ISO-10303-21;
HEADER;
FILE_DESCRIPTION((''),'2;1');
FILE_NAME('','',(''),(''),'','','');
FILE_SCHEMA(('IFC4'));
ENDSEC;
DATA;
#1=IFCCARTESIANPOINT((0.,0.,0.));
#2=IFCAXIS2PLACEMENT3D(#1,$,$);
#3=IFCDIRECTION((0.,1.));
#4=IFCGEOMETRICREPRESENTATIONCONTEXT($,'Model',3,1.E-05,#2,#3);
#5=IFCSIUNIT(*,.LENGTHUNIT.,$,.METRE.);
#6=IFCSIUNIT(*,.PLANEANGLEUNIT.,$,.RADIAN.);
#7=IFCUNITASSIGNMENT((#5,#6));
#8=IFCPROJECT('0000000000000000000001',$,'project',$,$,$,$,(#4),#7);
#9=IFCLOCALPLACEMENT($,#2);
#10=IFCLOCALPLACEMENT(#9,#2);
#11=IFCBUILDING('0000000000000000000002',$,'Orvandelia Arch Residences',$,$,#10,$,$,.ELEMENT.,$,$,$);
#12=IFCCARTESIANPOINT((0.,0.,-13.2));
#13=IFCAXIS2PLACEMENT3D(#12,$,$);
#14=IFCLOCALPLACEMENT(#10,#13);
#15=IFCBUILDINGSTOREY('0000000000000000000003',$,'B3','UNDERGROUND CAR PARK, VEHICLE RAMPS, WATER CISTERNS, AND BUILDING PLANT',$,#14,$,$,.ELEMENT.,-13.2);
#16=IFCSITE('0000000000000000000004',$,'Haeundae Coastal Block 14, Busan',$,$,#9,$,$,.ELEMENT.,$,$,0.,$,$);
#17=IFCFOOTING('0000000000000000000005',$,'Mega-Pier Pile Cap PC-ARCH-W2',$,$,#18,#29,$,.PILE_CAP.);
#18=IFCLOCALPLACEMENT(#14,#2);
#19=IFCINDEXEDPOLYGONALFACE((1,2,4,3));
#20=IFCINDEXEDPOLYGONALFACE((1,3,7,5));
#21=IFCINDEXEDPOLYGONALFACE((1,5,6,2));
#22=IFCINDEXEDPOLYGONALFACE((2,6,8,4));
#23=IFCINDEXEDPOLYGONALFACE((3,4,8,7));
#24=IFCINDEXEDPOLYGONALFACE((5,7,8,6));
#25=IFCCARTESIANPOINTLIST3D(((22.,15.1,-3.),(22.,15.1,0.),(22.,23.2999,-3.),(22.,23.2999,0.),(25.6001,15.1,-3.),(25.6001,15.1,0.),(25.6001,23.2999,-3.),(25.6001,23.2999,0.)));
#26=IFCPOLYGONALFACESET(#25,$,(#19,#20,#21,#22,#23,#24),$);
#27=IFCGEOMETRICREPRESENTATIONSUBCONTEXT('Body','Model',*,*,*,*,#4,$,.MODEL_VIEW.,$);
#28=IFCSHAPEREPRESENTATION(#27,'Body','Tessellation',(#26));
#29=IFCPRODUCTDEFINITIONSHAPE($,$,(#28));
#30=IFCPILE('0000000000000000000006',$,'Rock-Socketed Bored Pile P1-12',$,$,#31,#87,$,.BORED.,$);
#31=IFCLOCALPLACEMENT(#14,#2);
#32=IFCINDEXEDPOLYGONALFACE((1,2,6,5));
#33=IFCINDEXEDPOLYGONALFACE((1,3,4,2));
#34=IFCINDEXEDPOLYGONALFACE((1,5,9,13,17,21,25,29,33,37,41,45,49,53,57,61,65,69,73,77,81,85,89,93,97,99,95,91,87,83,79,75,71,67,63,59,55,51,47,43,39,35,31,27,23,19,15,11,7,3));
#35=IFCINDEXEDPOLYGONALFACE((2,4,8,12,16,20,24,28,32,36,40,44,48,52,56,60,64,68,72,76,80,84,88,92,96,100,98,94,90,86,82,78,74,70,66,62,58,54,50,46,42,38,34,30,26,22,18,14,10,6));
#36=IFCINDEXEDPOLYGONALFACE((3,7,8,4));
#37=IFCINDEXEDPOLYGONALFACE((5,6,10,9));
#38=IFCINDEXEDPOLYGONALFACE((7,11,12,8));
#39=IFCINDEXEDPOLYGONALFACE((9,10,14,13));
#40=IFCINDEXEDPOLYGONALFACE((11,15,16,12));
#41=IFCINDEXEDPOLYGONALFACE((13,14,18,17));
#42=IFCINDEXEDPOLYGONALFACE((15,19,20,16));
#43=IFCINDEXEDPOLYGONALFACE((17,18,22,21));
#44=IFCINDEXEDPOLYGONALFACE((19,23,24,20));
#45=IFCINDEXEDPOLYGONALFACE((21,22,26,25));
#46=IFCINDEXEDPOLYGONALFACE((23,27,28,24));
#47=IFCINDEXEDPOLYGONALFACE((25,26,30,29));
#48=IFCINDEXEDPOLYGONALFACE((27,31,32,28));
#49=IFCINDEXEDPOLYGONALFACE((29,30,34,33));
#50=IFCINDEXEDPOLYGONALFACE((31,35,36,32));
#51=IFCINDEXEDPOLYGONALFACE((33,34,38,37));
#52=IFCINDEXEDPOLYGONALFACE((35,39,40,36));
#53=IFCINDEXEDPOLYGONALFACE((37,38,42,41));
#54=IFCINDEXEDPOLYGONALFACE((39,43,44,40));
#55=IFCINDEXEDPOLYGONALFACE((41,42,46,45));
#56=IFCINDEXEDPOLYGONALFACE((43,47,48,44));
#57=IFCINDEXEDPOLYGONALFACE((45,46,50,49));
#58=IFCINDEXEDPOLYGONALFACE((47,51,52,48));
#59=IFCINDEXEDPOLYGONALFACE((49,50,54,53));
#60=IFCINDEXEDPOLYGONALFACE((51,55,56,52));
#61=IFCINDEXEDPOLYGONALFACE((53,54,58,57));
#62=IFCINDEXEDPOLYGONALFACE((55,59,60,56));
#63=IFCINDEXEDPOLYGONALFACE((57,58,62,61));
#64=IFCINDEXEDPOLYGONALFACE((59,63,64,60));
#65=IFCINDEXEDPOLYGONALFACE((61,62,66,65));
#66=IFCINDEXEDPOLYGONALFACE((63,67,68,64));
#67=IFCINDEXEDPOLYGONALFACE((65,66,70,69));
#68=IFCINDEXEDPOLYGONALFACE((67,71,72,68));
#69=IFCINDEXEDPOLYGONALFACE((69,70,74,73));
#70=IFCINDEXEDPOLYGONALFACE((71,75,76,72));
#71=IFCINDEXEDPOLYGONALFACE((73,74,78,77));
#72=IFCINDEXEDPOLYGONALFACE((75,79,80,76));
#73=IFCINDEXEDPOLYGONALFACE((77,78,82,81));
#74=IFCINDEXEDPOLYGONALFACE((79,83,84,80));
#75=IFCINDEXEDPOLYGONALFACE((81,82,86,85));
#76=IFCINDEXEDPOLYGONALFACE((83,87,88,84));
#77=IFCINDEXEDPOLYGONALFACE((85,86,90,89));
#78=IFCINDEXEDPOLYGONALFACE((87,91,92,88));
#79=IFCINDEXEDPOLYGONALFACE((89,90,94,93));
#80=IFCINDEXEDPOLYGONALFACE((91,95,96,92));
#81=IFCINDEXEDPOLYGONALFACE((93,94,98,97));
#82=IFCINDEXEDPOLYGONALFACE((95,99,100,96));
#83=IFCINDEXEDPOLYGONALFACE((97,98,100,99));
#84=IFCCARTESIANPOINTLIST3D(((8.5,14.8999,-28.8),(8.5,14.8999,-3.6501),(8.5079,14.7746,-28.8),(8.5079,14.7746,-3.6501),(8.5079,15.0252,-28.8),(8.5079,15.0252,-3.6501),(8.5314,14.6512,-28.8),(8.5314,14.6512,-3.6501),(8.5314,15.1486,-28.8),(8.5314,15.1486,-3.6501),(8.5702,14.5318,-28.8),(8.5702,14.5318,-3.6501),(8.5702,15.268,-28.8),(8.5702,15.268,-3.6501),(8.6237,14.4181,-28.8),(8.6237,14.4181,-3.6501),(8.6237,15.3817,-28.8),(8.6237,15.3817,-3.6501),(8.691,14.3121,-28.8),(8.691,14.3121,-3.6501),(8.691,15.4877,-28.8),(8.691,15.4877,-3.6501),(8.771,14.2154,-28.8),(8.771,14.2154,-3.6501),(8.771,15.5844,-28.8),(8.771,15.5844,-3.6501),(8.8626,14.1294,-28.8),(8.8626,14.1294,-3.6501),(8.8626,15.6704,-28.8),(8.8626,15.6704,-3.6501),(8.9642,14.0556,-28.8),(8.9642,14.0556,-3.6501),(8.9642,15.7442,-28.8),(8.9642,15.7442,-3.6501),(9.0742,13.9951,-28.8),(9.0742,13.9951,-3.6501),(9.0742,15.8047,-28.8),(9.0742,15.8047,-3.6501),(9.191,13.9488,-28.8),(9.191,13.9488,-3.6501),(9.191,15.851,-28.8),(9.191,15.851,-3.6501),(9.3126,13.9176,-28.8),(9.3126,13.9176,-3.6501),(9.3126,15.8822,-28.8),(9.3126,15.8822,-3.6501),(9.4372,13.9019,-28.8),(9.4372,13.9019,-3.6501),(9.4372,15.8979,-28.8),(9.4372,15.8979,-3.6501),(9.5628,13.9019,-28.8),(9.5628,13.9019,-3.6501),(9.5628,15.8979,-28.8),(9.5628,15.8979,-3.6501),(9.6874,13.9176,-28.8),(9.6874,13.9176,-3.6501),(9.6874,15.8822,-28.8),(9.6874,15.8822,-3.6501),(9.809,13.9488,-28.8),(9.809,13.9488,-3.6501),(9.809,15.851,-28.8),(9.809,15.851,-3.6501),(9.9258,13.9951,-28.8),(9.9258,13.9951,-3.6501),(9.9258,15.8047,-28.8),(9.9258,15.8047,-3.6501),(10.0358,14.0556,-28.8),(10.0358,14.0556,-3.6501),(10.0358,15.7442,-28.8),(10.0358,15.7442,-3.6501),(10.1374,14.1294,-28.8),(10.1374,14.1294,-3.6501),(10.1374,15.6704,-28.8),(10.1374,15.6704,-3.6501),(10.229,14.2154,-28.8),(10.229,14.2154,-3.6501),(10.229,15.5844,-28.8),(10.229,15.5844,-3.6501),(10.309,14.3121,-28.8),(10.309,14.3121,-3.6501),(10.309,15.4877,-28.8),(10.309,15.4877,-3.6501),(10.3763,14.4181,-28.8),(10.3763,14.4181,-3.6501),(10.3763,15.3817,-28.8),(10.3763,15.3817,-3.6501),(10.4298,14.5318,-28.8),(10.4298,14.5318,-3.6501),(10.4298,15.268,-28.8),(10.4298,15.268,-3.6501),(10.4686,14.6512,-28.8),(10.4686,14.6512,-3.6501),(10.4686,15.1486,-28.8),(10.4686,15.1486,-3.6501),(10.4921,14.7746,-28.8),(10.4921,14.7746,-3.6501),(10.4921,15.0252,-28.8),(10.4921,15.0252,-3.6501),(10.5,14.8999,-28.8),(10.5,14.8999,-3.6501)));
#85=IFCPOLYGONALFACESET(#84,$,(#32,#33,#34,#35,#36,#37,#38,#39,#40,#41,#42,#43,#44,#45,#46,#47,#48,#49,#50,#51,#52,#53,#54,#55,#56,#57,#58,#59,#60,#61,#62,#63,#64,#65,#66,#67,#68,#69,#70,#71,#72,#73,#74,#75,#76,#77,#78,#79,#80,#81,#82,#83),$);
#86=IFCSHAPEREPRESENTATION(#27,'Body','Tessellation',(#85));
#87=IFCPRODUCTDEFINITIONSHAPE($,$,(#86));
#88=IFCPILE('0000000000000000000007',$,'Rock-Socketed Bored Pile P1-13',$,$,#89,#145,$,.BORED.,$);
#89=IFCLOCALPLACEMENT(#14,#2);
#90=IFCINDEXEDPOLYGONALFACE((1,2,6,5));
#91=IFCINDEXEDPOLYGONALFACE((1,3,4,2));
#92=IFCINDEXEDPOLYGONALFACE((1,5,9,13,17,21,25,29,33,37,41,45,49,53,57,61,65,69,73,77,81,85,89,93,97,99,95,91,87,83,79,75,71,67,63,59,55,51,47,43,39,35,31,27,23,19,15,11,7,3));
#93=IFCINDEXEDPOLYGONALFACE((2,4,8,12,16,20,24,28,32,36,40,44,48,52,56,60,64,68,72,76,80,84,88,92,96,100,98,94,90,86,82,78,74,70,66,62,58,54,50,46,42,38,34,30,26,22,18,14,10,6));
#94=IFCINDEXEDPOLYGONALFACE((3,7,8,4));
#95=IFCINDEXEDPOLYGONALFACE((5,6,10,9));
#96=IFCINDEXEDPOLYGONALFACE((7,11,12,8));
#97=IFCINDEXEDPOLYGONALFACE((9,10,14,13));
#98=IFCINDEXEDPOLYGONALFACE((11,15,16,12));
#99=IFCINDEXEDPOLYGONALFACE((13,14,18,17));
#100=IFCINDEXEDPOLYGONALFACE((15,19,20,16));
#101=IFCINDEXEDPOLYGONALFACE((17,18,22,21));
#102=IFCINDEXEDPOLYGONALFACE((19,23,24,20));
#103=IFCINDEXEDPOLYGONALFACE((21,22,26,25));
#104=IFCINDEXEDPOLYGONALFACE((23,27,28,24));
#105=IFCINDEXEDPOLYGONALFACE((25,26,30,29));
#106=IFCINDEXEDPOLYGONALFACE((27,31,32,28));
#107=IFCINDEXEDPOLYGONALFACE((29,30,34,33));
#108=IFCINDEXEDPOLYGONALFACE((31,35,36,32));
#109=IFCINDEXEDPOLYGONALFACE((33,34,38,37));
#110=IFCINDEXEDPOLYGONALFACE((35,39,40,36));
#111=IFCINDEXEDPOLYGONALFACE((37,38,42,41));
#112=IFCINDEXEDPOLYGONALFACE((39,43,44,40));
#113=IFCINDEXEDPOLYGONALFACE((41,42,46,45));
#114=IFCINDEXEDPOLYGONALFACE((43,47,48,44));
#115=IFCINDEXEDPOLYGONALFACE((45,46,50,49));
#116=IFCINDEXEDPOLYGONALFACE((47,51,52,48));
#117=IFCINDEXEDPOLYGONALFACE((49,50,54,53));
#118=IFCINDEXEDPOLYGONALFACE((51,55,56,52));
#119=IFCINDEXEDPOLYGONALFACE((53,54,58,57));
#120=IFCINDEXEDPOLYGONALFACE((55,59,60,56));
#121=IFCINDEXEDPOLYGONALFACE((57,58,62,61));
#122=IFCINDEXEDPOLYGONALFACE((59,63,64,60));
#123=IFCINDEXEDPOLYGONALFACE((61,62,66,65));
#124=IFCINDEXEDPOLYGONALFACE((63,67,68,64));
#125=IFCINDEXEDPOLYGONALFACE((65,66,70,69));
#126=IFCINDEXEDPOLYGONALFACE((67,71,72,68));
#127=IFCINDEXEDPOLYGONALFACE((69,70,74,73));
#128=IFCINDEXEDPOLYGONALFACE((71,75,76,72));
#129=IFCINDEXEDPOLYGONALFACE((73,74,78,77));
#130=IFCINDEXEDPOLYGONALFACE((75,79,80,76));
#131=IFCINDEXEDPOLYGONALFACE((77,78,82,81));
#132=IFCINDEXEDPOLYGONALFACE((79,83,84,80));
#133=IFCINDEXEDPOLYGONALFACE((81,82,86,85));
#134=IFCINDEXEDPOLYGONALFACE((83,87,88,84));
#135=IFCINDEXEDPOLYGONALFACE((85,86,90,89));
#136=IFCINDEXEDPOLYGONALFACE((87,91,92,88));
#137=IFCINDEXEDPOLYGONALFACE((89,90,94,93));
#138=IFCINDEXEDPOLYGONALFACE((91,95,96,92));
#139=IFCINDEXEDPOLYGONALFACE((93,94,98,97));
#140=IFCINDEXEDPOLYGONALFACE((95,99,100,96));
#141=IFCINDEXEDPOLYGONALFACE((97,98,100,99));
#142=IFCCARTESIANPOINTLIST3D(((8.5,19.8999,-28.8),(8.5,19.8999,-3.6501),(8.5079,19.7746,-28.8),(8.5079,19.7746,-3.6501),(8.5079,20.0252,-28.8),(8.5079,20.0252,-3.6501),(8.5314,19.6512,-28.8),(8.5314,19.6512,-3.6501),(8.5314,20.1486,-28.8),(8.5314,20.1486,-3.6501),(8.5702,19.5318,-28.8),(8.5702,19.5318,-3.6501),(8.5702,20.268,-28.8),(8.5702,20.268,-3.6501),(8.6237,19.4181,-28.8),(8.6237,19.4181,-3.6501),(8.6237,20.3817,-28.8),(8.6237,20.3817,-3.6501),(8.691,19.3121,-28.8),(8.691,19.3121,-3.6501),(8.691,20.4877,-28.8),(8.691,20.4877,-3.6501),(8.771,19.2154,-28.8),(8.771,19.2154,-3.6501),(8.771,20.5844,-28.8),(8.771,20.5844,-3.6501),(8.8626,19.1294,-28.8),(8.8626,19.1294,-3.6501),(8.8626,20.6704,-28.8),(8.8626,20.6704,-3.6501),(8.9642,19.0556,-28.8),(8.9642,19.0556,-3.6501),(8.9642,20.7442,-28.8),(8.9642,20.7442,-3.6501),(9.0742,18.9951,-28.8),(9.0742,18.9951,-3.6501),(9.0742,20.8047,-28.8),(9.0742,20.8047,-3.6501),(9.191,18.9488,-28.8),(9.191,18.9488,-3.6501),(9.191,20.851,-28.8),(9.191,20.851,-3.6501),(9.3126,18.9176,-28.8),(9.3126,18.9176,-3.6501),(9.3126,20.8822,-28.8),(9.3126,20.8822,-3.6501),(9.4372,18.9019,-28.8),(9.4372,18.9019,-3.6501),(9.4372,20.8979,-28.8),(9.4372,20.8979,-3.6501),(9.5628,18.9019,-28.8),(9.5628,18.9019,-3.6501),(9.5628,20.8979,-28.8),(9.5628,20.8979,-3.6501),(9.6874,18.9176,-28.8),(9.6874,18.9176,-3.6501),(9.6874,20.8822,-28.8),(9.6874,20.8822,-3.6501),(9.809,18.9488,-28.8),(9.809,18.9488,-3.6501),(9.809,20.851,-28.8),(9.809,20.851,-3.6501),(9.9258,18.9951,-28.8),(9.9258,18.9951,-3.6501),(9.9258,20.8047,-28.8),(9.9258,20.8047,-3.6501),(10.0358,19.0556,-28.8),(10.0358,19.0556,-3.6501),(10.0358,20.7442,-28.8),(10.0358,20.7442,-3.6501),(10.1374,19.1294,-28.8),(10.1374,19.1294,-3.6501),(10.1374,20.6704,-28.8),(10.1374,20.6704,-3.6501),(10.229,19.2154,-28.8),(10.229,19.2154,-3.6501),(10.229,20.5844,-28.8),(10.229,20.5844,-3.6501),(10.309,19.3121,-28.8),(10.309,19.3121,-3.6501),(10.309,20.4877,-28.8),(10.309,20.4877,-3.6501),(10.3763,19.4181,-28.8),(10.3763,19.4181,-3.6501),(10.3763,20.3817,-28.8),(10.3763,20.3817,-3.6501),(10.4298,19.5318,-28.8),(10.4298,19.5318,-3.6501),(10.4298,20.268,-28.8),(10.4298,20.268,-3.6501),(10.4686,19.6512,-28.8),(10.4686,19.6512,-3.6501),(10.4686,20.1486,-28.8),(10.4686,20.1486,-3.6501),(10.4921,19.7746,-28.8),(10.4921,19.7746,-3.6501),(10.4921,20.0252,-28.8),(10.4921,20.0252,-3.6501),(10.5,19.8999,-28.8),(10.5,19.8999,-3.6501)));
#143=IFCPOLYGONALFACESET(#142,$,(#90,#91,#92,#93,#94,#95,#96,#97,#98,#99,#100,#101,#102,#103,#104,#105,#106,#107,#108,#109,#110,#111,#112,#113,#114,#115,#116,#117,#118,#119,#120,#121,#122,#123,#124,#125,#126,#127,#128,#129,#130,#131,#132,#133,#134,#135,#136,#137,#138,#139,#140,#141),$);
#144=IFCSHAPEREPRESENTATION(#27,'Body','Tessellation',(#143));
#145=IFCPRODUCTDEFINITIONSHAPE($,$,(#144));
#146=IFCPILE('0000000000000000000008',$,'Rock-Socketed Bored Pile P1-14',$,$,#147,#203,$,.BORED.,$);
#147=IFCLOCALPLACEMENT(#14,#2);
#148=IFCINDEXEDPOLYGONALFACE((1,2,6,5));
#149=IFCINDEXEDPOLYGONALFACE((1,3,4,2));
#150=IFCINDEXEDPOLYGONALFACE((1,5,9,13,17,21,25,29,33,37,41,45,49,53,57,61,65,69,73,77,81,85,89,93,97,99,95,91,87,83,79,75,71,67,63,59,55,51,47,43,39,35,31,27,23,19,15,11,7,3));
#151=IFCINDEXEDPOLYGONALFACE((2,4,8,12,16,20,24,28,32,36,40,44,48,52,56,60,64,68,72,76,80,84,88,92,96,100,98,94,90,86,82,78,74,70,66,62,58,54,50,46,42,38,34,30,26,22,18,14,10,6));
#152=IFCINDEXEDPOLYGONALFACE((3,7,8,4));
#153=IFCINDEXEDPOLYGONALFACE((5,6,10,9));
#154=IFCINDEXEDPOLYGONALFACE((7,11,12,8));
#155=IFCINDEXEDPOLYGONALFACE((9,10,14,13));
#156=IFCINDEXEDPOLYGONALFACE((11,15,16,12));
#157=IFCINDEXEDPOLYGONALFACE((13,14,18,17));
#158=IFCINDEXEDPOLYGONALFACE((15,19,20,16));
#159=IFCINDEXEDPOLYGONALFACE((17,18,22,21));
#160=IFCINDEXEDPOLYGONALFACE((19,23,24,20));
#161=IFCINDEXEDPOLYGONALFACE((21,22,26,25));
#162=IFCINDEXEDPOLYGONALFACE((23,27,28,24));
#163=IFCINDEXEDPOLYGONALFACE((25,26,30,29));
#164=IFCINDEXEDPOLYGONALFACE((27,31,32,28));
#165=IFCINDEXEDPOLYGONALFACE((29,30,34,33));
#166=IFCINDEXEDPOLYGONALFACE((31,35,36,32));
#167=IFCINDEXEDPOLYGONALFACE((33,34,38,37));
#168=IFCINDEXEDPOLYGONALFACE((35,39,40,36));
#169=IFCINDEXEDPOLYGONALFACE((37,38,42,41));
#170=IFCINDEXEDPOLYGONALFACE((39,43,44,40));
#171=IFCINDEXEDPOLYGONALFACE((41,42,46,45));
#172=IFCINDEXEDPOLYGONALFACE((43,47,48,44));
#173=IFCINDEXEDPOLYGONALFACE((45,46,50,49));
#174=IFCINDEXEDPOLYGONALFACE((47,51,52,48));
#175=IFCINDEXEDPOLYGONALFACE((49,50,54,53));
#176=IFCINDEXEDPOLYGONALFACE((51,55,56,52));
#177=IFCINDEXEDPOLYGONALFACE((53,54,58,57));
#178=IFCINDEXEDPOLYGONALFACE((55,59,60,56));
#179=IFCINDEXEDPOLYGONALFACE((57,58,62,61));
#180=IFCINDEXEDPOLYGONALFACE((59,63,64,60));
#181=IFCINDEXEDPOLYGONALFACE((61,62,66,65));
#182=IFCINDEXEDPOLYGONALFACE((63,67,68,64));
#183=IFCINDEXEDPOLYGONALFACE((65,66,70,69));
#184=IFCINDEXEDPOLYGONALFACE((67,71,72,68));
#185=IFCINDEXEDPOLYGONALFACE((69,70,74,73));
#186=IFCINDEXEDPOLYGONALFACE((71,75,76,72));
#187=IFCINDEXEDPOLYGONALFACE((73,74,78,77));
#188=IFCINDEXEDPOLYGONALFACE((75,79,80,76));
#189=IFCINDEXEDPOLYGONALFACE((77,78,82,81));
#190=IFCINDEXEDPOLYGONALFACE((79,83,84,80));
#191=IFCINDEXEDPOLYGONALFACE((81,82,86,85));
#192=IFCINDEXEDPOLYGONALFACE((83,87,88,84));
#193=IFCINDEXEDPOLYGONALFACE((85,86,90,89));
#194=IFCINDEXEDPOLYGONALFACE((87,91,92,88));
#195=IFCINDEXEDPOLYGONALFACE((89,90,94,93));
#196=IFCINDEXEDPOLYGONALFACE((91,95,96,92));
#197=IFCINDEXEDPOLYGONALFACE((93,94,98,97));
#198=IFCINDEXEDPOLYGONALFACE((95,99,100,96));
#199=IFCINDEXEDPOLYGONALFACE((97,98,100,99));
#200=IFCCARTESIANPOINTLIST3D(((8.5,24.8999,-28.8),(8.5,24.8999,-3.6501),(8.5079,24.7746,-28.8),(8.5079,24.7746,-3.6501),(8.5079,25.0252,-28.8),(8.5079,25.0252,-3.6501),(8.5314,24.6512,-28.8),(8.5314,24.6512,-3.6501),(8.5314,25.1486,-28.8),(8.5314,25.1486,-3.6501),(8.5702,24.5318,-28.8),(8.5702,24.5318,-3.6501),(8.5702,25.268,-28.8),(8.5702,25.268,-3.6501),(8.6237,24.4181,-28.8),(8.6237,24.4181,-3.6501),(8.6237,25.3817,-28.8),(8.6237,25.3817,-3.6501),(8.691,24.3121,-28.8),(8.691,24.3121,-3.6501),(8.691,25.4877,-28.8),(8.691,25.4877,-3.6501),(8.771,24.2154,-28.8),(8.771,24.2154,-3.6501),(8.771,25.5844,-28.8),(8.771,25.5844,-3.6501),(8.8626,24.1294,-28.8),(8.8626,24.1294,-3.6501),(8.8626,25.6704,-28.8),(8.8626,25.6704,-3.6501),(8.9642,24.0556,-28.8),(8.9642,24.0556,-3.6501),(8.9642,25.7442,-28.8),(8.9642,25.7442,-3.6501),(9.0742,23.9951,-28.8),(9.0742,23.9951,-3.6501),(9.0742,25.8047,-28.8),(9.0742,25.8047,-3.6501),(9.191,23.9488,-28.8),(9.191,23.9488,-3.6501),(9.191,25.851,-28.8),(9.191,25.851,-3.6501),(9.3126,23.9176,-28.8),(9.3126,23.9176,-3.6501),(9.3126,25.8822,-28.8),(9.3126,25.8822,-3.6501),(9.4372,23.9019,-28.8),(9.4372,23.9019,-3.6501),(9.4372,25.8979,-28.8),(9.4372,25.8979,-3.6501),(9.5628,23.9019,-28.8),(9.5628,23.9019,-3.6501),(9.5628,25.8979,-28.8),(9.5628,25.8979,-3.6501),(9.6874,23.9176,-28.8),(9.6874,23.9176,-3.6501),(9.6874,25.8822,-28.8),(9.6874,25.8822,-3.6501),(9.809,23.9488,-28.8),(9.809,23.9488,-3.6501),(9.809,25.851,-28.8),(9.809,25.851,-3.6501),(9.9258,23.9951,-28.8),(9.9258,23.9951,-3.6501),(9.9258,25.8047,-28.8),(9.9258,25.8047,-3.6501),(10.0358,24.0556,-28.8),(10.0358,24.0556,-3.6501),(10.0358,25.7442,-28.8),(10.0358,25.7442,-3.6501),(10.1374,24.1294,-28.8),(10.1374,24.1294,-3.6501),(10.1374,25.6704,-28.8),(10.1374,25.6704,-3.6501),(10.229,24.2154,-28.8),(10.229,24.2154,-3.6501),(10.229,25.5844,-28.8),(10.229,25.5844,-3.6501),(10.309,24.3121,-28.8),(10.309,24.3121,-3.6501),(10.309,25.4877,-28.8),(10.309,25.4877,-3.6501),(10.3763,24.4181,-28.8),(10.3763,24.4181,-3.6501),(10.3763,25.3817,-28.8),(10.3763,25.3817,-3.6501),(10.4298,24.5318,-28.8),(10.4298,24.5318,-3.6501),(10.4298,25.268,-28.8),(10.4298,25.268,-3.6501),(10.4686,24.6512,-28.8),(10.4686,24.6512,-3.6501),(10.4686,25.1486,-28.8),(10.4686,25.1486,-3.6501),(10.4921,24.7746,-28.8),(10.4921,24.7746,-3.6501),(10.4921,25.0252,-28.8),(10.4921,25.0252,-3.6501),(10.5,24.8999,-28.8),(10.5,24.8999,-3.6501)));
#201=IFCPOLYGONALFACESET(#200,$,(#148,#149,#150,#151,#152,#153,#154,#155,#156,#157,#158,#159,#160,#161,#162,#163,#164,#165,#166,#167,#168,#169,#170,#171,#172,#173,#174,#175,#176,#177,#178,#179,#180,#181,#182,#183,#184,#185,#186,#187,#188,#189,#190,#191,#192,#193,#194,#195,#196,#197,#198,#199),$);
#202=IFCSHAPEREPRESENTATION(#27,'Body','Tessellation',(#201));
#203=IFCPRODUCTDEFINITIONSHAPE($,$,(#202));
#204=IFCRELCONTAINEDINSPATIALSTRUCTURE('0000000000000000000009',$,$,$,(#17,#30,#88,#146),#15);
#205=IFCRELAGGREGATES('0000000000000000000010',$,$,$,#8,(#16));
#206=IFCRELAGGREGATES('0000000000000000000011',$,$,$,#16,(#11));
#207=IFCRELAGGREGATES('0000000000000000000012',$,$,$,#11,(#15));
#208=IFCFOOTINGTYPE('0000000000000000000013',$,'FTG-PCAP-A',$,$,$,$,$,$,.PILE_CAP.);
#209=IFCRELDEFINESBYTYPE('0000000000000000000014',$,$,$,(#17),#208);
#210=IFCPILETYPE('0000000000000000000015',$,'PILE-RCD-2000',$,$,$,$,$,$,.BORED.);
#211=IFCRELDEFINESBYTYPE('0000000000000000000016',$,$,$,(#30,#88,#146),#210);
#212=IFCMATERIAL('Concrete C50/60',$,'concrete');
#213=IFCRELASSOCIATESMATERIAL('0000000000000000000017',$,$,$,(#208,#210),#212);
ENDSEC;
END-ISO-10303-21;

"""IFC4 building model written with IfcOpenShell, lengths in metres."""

from ifc_helpers import new_model, si_unit, direction, frame, origin, origin_2d, place, context, subcontext, project, spatial, rectangle, circle, extrude, material, material_profile, profile_set, type_object, element, save


model = new_model("IFC4")

# Units and contexts
model_context = context("Model", 3, precision=1e-05, world=origin(), true_north=direction((0.0, 1.0)))
body_context = subcontext(model_context, "Body", "Model", "MODEL_VIEW")
ifc_project = project(units=[si_unit("LENGTHUNIT", "METRE"), si_unit("PLANEANGLEUNIT", "RADIAN")], contexts=[model_context])

# Site, building, storey
site_placement = place(None, origin())
site = spatial("IfcSite", under=ifc_project, at=site_placement, Name="Haeundae Coastal Block 14, Busan", CompositionType="ELEMENT", RefElevation=0.0)
building_placement = place(site_placement, origin())
building = spatial("IfcBuilding", under=site, at=building_placement, Name="Orvandelia Arch Residences", CompositionType="ELEMENT")
storey_placement = place(building_placement, frame((0.0, 0.0, -13.2)))
storey = spatial("IfcBuildingStorey", under=building, at=storey_placement, Name="B3", Description="UNDERGROUND CAR PARK, VEHICLE RAMPS, WATER CISTERNS, AND BUILDING PLANT", CompositionType="ELEMENT", Elevation=-13.2)

# Footing
ifc_material_1 = material(Name="Concrete C50/60", Category="concrete")
footing_type = type_object("IfcFootingType", Name="FTG-PCAP-A", PredefinedType="PILE_CAP", material=ifc_material_1)
footing_placement = place(storey_placement, frame((23.8, 19.2, -3.0), z_axis=(0.0, 0.0, 1.0), x_axis=(1.0, 0.0, 0.0)))
element("IfcFooting", 1, at=footing_placement, inside=storey, type_object=footing_type, Name="Mega-Pier Pile Cap PC-ARCH-W2", PredefinedType="PILE_CAP", context=body_context, shape_type="SweptSolid", body=[
    extrude(rectangle(XDim=3.6001, YDim=8.2, at=origin_2d()), origin(), (0.0, 0.0, 1.0), 3.0),
])

# Piles
ifc_material_profile_1 = material_profile(ifc_material_1, circle(Radius=1.0, at=origin_2d()), Name="Concrete C50/60", Category="concrete")
ifc_profile_set_1 = profile_set([ifc_material_profile_1], Name="Concrete C50/60")
pile_type_1 = type_object("IfcPileType", Name="PILE-RCD-2000", PredefinedType="BORED", material=ifc_profile_set_1)
for number, where, z_axis, x_axis, name in (
    (2, (9.5, 14.8999, -3.6501), (0.0, 0.0, -1.0), (1.0, 0.0, 0.0), "Rock-Socketed Bored Pile P1-12"),
    (3, (9.5, 19.8999, -3.6501), (0.0, 0.0, -1.0), (1.0, 0.0, 0.0), "Rock-Socketed Bored Pile P1-13"),
    (4, (9.5, 24.8999, -3.6501), (0.0, 0.0, -1.0), (1.0, 0.0, 0.0), "Rock-Socketed Bored Pile P1-14"),
):
    element("IfcPile", number, at=place(storey_placement, frame(where, z_axis=z_axis, x_axis=x_axis)), inside=storey, type_object=pile_type_1, Name=name, PredefinedType="BORED", context=body_context, shape_type="SweptSolid", body=[
        extrude(circle(Radius=1.0, at=origin_2d()), origin(), (0.0, 0.0, 1.0), 25.1499),
    ])

save(model, "model.ifc")
